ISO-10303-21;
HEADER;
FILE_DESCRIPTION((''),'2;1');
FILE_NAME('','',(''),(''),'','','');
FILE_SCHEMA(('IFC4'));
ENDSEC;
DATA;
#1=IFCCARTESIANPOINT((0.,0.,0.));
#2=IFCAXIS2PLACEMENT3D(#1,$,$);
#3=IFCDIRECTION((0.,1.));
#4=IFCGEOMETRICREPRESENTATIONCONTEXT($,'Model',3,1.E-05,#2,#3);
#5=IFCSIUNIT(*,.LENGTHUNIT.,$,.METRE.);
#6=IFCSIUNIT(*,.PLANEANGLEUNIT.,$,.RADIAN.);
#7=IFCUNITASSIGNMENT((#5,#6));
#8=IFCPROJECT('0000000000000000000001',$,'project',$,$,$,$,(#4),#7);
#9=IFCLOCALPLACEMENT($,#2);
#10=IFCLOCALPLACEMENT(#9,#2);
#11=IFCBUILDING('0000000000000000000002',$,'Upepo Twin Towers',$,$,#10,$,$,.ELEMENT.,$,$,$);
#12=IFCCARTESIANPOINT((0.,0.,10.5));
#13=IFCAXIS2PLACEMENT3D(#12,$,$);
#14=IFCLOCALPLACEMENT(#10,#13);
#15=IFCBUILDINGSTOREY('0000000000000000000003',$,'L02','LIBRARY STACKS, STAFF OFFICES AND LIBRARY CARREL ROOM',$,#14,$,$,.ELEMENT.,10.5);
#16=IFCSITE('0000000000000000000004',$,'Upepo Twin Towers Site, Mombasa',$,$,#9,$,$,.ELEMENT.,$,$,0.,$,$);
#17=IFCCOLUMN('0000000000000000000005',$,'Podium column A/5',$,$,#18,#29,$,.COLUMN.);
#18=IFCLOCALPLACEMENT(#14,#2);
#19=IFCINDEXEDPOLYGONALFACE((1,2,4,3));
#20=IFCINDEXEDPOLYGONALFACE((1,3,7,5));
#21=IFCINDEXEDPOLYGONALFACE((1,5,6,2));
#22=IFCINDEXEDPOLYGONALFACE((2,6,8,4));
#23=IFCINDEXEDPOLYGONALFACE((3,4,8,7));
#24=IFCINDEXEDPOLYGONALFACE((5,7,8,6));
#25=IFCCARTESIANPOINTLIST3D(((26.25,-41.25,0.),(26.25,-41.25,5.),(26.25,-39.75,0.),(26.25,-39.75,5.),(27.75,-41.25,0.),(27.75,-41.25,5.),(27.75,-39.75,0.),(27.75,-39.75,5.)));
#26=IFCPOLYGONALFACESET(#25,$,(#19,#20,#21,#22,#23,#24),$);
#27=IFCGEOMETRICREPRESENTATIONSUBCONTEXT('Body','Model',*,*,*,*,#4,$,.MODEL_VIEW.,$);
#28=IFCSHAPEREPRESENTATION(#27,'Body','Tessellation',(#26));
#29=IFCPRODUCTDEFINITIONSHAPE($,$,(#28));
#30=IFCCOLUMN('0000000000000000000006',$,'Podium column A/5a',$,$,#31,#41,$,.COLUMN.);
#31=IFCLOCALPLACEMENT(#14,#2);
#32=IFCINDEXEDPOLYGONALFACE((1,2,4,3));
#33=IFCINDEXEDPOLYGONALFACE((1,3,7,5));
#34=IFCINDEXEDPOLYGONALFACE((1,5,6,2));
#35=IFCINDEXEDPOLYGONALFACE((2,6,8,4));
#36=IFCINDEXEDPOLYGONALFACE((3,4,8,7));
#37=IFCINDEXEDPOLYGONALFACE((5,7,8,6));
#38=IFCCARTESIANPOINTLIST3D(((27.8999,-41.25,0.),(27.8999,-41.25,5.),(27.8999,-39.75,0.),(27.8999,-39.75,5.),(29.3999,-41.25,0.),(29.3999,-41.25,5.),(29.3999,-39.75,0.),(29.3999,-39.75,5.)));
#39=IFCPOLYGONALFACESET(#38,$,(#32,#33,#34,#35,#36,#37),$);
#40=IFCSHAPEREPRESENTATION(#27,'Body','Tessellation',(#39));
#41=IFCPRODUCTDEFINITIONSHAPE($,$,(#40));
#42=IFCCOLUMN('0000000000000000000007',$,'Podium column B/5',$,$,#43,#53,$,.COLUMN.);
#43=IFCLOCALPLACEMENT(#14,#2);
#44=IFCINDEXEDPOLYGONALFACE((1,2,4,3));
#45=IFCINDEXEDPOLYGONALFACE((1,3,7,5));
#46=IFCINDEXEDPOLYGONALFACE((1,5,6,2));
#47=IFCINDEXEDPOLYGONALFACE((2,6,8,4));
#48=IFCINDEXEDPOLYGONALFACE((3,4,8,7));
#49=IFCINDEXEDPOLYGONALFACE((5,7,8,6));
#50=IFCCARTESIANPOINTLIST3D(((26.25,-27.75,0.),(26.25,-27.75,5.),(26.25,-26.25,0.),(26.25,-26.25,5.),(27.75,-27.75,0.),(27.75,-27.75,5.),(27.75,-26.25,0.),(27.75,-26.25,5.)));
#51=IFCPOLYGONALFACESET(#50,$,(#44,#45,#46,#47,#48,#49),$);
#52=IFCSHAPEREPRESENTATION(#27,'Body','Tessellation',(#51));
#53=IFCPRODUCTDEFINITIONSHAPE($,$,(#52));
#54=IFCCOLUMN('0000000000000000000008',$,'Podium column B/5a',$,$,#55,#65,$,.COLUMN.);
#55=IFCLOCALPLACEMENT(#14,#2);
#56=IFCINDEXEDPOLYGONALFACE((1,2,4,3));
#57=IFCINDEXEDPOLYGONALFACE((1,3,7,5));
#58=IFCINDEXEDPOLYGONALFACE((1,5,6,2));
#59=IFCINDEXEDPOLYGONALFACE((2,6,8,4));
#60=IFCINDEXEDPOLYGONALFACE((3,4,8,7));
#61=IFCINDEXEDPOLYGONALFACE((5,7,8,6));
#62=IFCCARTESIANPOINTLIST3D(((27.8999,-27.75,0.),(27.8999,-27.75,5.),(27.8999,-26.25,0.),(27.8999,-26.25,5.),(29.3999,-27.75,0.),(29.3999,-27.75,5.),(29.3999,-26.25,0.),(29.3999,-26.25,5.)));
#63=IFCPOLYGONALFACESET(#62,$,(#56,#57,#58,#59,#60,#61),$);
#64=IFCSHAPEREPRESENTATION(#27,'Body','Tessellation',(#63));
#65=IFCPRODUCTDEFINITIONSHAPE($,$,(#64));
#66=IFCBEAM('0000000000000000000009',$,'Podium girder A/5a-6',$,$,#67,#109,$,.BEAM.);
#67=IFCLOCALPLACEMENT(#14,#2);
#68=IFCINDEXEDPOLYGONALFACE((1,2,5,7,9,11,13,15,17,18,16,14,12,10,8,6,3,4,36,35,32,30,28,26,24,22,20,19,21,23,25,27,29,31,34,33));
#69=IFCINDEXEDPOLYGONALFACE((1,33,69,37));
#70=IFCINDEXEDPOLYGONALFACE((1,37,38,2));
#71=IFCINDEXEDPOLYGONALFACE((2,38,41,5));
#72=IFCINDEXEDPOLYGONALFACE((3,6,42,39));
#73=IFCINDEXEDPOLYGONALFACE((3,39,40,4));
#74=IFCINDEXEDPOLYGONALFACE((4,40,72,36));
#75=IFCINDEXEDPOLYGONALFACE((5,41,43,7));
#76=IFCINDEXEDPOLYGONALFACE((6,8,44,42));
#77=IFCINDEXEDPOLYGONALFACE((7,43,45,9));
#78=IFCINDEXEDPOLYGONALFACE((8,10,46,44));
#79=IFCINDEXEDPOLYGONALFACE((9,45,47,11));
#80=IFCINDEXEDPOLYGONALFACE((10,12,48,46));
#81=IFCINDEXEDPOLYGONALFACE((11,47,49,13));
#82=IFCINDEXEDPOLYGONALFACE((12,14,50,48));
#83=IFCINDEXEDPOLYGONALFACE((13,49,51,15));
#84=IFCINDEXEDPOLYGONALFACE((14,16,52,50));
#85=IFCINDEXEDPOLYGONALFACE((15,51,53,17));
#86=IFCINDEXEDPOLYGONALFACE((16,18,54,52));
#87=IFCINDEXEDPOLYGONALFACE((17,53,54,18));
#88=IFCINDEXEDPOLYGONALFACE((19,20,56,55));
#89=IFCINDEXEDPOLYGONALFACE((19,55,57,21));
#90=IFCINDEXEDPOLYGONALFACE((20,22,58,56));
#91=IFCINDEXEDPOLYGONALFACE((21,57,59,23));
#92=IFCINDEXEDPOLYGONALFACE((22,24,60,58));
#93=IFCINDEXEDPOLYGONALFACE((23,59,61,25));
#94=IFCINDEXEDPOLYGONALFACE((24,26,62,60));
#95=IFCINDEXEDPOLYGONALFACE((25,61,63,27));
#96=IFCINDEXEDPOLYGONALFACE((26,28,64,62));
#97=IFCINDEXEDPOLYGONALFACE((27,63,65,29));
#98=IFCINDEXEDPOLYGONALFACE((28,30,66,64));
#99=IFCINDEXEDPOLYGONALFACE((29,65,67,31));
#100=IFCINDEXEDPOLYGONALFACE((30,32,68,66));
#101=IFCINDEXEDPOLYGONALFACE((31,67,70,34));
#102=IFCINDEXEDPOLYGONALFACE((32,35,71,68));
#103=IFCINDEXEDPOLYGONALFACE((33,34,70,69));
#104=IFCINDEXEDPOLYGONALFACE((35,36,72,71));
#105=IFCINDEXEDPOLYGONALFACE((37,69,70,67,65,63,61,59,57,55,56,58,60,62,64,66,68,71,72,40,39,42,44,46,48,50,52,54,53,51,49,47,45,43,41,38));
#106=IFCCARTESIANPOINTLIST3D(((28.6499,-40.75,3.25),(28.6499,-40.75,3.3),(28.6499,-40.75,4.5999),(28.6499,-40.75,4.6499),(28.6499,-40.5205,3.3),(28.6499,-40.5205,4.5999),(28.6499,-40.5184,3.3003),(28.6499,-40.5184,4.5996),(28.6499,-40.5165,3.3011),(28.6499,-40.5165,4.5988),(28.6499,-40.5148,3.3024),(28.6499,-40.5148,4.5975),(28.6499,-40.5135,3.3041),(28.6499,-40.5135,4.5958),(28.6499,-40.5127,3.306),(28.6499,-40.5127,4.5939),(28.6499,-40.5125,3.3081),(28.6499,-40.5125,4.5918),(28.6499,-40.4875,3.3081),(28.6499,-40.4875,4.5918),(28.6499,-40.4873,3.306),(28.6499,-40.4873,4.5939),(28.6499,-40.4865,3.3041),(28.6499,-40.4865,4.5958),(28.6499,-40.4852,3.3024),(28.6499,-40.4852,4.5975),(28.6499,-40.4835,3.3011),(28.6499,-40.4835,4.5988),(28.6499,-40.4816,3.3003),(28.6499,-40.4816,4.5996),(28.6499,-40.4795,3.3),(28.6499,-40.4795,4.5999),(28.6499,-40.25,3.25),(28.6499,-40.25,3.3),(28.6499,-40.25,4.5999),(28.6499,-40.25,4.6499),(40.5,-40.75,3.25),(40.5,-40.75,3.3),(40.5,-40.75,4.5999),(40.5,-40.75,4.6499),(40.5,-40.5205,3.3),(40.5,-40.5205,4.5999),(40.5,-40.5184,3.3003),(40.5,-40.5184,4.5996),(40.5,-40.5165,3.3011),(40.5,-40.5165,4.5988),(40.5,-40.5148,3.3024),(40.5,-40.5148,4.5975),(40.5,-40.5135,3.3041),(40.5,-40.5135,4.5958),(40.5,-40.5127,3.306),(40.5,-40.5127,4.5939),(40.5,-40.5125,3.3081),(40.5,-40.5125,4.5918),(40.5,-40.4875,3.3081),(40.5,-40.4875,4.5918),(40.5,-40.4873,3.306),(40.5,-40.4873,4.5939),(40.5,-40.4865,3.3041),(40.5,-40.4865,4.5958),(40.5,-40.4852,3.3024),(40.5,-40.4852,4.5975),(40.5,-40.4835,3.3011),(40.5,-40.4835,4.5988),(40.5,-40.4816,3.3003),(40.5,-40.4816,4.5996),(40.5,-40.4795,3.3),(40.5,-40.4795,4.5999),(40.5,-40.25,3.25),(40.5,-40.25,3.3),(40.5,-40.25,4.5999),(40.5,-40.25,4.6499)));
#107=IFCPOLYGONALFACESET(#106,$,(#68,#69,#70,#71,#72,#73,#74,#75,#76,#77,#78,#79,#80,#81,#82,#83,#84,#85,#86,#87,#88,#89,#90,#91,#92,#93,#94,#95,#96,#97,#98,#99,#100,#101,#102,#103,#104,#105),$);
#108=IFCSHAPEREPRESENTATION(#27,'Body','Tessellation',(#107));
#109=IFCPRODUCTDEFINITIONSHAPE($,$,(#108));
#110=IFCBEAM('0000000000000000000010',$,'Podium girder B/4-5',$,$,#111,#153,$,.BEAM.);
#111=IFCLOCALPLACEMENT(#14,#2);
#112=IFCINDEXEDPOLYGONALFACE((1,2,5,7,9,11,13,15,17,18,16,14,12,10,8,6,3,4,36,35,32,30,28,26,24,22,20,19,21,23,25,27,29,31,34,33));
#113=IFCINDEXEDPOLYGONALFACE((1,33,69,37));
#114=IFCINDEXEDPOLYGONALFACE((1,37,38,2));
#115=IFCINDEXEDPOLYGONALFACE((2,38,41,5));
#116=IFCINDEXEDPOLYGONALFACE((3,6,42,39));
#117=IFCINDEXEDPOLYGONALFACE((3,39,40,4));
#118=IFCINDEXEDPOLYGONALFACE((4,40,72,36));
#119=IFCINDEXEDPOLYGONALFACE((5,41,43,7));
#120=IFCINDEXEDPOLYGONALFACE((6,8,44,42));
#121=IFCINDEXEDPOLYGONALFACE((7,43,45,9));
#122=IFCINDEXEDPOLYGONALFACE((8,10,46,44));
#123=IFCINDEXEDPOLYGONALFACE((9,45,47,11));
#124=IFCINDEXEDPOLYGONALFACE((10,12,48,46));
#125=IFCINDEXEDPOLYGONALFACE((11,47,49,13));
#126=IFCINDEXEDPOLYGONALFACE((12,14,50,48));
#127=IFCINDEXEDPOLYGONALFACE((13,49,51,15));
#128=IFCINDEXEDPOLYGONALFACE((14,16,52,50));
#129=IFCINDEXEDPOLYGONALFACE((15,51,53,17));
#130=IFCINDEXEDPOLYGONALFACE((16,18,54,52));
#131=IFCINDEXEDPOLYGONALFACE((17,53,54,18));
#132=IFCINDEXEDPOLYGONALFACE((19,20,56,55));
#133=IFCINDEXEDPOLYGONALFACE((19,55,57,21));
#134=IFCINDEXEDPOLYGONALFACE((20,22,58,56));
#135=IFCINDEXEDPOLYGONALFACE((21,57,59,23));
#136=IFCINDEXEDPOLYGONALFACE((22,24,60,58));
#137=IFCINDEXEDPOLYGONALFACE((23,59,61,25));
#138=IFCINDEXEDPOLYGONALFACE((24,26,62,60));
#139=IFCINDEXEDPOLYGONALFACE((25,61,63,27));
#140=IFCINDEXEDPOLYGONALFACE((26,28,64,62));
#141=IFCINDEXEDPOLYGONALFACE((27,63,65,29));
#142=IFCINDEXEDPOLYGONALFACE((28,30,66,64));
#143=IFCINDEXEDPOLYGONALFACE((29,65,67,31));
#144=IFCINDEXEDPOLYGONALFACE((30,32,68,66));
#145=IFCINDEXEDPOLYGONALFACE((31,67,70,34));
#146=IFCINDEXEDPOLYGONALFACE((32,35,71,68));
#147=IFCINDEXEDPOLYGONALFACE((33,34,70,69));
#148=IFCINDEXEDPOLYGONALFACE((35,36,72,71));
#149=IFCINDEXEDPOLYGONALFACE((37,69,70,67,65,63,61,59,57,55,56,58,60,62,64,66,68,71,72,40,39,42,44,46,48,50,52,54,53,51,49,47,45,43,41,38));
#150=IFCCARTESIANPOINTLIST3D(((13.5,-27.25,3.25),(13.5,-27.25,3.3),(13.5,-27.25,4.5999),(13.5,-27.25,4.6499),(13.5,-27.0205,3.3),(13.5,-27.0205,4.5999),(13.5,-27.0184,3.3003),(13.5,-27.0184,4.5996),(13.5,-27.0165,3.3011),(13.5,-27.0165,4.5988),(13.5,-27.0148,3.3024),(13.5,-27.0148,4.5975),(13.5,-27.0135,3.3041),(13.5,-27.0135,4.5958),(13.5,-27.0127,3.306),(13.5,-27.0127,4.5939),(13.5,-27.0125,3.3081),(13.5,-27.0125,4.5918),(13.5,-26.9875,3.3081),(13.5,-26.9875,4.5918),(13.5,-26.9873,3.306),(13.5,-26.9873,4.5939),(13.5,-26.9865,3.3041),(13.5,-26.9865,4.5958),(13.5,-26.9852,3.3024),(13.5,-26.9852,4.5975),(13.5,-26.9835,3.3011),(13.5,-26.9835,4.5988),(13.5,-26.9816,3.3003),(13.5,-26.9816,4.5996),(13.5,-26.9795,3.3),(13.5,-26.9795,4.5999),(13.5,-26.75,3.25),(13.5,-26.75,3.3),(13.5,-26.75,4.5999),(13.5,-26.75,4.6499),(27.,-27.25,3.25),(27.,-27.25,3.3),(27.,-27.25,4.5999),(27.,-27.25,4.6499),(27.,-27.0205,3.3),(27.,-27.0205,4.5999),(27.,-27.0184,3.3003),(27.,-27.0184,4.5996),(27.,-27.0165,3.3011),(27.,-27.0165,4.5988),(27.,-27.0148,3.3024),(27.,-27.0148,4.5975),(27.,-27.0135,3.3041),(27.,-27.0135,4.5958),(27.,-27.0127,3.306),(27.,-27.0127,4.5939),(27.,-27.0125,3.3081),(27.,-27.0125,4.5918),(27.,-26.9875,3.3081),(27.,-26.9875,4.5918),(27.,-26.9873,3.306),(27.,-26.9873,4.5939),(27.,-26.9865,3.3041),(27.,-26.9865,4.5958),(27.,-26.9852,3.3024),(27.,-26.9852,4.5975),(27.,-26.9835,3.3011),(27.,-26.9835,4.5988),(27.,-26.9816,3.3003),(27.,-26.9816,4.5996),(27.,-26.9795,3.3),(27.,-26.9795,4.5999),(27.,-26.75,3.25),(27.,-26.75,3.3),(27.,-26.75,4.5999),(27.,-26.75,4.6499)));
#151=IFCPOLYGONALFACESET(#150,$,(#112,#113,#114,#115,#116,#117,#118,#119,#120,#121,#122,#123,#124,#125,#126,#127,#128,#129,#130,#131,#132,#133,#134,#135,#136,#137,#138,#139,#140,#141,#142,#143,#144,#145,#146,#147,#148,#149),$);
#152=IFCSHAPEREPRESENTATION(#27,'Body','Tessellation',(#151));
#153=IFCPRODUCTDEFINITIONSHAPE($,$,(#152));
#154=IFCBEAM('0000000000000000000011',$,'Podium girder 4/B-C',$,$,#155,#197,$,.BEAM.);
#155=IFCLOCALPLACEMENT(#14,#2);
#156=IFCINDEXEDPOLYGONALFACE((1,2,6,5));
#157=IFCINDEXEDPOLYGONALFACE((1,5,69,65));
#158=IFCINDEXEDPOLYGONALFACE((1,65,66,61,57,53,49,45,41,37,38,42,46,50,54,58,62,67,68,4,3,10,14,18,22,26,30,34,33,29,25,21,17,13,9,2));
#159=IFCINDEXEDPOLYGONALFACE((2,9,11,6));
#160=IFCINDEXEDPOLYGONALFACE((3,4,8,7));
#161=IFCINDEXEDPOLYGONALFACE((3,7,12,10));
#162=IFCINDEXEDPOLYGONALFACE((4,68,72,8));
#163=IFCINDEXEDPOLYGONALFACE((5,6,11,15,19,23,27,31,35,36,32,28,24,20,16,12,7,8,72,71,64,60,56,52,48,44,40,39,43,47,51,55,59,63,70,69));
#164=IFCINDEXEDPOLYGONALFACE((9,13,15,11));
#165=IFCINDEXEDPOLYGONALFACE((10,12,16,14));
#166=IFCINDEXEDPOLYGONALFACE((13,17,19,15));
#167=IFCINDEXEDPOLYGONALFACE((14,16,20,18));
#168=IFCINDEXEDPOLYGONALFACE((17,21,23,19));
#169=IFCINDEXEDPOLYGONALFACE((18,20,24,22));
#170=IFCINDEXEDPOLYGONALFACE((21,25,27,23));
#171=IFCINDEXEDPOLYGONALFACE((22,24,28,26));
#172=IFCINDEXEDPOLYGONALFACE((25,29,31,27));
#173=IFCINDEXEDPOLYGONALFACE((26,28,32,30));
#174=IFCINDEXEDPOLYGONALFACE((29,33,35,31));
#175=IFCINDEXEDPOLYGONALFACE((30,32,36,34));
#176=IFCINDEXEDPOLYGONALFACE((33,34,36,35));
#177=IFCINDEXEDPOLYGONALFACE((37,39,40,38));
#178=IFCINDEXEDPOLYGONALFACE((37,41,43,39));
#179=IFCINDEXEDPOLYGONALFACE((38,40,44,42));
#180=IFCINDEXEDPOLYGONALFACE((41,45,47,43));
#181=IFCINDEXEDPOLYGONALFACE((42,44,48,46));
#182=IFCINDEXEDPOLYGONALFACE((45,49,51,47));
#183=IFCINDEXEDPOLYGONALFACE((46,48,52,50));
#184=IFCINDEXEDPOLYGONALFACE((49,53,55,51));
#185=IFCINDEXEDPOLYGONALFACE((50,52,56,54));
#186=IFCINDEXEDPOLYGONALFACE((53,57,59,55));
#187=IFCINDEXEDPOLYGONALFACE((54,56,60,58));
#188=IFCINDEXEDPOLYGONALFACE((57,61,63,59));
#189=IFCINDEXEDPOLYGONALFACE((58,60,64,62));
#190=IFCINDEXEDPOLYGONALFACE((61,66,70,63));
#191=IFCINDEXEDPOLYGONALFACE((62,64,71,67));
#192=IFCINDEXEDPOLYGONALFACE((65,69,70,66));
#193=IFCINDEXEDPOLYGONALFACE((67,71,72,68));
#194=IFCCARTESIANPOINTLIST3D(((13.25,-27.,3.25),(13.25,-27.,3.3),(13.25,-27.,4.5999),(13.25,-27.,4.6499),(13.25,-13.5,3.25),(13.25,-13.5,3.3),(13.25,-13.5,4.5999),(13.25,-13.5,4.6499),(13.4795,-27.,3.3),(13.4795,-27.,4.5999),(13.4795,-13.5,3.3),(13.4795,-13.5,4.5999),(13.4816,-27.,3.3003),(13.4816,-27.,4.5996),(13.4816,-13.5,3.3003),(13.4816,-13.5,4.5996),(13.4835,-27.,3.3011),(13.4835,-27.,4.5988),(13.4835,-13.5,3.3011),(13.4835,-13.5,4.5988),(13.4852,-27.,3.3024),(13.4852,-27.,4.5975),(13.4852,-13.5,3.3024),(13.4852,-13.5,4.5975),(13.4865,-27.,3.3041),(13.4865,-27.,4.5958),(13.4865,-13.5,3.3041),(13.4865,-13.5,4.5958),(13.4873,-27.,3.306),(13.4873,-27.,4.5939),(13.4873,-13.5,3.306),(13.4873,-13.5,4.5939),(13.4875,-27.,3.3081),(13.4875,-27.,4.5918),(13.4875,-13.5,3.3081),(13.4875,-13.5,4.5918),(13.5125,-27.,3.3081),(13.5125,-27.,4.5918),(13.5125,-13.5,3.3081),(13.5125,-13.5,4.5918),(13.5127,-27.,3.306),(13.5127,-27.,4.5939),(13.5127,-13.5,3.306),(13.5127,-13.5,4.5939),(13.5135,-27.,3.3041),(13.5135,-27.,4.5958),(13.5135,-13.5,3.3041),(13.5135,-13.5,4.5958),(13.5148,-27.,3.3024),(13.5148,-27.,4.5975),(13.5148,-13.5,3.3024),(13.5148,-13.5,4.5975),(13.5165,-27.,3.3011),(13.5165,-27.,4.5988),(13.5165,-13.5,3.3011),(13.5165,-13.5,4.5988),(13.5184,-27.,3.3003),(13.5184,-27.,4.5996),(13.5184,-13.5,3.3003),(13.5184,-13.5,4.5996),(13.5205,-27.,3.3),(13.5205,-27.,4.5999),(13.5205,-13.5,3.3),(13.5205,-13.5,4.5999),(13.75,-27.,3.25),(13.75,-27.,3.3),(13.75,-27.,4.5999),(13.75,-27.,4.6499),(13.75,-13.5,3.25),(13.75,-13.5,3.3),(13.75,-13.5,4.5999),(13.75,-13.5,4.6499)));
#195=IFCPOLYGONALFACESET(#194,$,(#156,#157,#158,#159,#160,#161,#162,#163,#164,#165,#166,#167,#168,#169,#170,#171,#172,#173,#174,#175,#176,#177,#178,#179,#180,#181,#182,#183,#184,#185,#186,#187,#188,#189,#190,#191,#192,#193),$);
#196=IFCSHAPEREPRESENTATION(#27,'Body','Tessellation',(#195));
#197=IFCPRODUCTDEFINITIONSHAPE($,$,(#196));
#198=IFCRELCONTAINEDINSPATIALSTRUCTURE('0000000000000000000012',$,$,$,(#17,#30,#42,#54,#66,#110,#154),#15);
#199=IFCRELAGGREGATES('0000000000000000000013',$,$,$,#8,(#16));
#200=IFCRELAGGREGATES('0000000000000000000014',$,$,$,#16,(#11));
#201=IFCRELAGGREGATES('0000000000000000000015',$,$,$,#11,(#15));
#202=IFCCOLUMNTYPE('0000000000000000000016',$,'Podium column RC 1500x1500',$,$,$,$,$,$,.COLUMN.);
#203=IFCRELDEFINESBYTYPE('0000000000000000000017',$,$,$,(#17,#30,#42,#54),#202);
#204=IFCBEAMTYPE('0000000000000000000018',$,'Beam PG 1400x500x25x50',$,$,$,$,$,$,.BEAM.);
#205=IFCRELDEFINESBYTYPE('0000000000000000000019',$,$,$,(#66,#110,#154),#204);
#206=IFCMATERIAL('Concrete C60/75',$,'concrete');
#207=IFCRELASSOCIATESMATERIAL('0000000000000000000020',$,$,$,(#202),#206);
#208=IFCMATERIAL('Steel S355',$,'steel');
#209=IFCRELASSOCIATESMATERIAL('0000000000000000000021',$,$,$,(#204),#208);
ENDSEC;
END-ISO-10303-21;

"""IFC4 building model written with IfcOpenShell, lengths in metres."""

from ifc_helpers import new_model, si_unit, direction, frame, origin, origin_2d, place, context, subcontext, project, spatial, rectangle, i_section, extrude, material, material_profile, profile_set, type_object, element, save


model = new_model("IFC4")

# Units and contexts
model_context = context("Model", 3, precision=1e-05, world=origin(), true_north=direction((0.0, 1.0)))
body_context = subcontext(model_context, "Body", "Model", "MODEL_VIEW")
ifc_project = project(units=[si_unit("LENGTHUNIT", "METRE"), si_unit("PLANEANGLEUNIT", "RADIAN")], contexts=[model_context])

# Site, building, storey
site_placement = place(None, origin())
site = spatial("IfcSite", under=ifc_project, at=site_placement, Name="Upepo Twin Towers Site, Mombasa", CompositionType="ELEMENT", RefElevation=0.0)
building_placement = place(site_placement, origin())
building = spatial("IfcBuilding", under=site, at=building_placement, Name="Upepo Twin Towers", CompositionType="ELEMENT")
storey_placement = place(building_placement, frame((0.0, 0.0, 10.5)))
storey = spatial("IfcBuildingStorey", under=building, at=storey_placement, Name="L02", Description="LIBRARY STACKS, STAFF OFFICES AND LIBRARY CARREL ROOM", CompositionType="ELEMENT", Elevation=10.5)

# Columns
ifc_material_1 = material(Name="Concrete C60/75", Category="concrete")
ifc_material_profile_1 = material_profile(ifc_material_1, rectangle(XDim=1.5, YDim=1.5, at=origin_2d()), Name="RC 1500x1500")
ifc_profile_set_1 = profile_set([ifc_material_profile_1], Name="Concrete C60/75")
column_type = type_object("IfcColumnType", Name="Podium column RC 1500x1500", PredefinedType="COLUMN", material=ifc_profile_set_1)
for number, where, z_axis, x_axis, name in (
    (1, (27.0, -40.5, 0.0), (0.0, 0.0, 1.0), (1.0, 0.0, 0.0), "Podium column A/5"),
    (2, (28.6499, -40.5, 0.0), (0.0, 0.0, 1.0), (1.0, 0.0, 0.0), "Podium column A/5a"),
    (3, (27.0, -27.0, 0.0), (0.0, 0.0, 1.0), (1.0, 0.0, 0.0), "Podium column B/5"),
    (4, (28.6499, -27.0, 0.0), (0.0, 0.0, 1.0), (1.0, 0.0, 0.0), "Podium column B/5a"),
):
    element("IfcColumn", number, at=place(storey_placement, frame(where, z_axis=z_axis, x_axis=x_axis)), inside=storey, type_object=column_type, Name=name, PredefinedType="COLUMN", context=body_context, shape_type="SweptSolid", body=[
        extrude(rectangle(XDim=1.5, YDim=1.5, at=origin_2d()), origin(), (0.0, 0.0, 1.0), 5.0),
    ])

# Beams
ifc_material_2 = material(Name="Steel S355", Category="steel")
ifc_material_profile_2 = material_profile(ifc_material_2, i_section(OverallWidth=0.5, OverallDepth=1.3999, WebThickness=0.0249, FlangeThickness=0.05, FilletRadius=0.0081, at=origin_2d()), Name="PG 1400x500x25x50")
ifc_profile_set_2 = profile_set([ifc_material_profile_2], Name="Steel S355")
beam_type_1 = type_object("IfcBeamType", Name="Beam PG 1400x500x25x50", PredefinedType="BEAM", material=ifc_profile_set_2)
beam_placement = place(storey_placement, frame((28.6499, -40.5, 3.95), z_axis=(1.0, 0.0, 0.0), x_axis=(0.0, 1.0, 0.0)))
element("IfcBeam", 5, at=beam_placement, inside=storey, type_object=beam_type_1, Name="Podium girder A/5a-6", PredefinedType="BEAM", context=body_context, shape_type="SweptSolid", body=[
    extrude(i_section(OverallWidth=0.5, OverallDepth=1.3999, WebThickness=0.0249, FlangeThickness=0.05, FilletRadius=0.0081, at=origin_2d()), origin(), (0.0, 0.0, 1.0), 11.8501),
])
for number, where, z_axis, x_axis, name in (
    (6, (13.5, -27.0, 3.95), (1.0, 0.0, 0.0), (0.0, 1.0, 0.0), "Podium girder B/4-5"),
    (7, (13.5, -27.0, 3.95), (0.0, 1.0, 0.0), (-1.0, 0.0, 0.0), "Podium girder 4/B-C"),
):
    element("IfcBeam", number, at=place(storey_placement, frame(where, z_axis=z_axis, x_axis=x_axis)), inside=storey, type_object=beam_type_1, Name=name, PredefinedType="BEAM", context=body_context, shape_type="SweptSolid", body=[
        extrude(i_section(OverallWidth=0.5, OverallDepth=1.3999, WebThickness=0.0249, FlangeThickness=0.05, FilletRadius=0.0081, at=origin_2d()), origin(), (0.0, 0.0, 1.0), 13.5),
    ])

save(model, "model.ifc")
